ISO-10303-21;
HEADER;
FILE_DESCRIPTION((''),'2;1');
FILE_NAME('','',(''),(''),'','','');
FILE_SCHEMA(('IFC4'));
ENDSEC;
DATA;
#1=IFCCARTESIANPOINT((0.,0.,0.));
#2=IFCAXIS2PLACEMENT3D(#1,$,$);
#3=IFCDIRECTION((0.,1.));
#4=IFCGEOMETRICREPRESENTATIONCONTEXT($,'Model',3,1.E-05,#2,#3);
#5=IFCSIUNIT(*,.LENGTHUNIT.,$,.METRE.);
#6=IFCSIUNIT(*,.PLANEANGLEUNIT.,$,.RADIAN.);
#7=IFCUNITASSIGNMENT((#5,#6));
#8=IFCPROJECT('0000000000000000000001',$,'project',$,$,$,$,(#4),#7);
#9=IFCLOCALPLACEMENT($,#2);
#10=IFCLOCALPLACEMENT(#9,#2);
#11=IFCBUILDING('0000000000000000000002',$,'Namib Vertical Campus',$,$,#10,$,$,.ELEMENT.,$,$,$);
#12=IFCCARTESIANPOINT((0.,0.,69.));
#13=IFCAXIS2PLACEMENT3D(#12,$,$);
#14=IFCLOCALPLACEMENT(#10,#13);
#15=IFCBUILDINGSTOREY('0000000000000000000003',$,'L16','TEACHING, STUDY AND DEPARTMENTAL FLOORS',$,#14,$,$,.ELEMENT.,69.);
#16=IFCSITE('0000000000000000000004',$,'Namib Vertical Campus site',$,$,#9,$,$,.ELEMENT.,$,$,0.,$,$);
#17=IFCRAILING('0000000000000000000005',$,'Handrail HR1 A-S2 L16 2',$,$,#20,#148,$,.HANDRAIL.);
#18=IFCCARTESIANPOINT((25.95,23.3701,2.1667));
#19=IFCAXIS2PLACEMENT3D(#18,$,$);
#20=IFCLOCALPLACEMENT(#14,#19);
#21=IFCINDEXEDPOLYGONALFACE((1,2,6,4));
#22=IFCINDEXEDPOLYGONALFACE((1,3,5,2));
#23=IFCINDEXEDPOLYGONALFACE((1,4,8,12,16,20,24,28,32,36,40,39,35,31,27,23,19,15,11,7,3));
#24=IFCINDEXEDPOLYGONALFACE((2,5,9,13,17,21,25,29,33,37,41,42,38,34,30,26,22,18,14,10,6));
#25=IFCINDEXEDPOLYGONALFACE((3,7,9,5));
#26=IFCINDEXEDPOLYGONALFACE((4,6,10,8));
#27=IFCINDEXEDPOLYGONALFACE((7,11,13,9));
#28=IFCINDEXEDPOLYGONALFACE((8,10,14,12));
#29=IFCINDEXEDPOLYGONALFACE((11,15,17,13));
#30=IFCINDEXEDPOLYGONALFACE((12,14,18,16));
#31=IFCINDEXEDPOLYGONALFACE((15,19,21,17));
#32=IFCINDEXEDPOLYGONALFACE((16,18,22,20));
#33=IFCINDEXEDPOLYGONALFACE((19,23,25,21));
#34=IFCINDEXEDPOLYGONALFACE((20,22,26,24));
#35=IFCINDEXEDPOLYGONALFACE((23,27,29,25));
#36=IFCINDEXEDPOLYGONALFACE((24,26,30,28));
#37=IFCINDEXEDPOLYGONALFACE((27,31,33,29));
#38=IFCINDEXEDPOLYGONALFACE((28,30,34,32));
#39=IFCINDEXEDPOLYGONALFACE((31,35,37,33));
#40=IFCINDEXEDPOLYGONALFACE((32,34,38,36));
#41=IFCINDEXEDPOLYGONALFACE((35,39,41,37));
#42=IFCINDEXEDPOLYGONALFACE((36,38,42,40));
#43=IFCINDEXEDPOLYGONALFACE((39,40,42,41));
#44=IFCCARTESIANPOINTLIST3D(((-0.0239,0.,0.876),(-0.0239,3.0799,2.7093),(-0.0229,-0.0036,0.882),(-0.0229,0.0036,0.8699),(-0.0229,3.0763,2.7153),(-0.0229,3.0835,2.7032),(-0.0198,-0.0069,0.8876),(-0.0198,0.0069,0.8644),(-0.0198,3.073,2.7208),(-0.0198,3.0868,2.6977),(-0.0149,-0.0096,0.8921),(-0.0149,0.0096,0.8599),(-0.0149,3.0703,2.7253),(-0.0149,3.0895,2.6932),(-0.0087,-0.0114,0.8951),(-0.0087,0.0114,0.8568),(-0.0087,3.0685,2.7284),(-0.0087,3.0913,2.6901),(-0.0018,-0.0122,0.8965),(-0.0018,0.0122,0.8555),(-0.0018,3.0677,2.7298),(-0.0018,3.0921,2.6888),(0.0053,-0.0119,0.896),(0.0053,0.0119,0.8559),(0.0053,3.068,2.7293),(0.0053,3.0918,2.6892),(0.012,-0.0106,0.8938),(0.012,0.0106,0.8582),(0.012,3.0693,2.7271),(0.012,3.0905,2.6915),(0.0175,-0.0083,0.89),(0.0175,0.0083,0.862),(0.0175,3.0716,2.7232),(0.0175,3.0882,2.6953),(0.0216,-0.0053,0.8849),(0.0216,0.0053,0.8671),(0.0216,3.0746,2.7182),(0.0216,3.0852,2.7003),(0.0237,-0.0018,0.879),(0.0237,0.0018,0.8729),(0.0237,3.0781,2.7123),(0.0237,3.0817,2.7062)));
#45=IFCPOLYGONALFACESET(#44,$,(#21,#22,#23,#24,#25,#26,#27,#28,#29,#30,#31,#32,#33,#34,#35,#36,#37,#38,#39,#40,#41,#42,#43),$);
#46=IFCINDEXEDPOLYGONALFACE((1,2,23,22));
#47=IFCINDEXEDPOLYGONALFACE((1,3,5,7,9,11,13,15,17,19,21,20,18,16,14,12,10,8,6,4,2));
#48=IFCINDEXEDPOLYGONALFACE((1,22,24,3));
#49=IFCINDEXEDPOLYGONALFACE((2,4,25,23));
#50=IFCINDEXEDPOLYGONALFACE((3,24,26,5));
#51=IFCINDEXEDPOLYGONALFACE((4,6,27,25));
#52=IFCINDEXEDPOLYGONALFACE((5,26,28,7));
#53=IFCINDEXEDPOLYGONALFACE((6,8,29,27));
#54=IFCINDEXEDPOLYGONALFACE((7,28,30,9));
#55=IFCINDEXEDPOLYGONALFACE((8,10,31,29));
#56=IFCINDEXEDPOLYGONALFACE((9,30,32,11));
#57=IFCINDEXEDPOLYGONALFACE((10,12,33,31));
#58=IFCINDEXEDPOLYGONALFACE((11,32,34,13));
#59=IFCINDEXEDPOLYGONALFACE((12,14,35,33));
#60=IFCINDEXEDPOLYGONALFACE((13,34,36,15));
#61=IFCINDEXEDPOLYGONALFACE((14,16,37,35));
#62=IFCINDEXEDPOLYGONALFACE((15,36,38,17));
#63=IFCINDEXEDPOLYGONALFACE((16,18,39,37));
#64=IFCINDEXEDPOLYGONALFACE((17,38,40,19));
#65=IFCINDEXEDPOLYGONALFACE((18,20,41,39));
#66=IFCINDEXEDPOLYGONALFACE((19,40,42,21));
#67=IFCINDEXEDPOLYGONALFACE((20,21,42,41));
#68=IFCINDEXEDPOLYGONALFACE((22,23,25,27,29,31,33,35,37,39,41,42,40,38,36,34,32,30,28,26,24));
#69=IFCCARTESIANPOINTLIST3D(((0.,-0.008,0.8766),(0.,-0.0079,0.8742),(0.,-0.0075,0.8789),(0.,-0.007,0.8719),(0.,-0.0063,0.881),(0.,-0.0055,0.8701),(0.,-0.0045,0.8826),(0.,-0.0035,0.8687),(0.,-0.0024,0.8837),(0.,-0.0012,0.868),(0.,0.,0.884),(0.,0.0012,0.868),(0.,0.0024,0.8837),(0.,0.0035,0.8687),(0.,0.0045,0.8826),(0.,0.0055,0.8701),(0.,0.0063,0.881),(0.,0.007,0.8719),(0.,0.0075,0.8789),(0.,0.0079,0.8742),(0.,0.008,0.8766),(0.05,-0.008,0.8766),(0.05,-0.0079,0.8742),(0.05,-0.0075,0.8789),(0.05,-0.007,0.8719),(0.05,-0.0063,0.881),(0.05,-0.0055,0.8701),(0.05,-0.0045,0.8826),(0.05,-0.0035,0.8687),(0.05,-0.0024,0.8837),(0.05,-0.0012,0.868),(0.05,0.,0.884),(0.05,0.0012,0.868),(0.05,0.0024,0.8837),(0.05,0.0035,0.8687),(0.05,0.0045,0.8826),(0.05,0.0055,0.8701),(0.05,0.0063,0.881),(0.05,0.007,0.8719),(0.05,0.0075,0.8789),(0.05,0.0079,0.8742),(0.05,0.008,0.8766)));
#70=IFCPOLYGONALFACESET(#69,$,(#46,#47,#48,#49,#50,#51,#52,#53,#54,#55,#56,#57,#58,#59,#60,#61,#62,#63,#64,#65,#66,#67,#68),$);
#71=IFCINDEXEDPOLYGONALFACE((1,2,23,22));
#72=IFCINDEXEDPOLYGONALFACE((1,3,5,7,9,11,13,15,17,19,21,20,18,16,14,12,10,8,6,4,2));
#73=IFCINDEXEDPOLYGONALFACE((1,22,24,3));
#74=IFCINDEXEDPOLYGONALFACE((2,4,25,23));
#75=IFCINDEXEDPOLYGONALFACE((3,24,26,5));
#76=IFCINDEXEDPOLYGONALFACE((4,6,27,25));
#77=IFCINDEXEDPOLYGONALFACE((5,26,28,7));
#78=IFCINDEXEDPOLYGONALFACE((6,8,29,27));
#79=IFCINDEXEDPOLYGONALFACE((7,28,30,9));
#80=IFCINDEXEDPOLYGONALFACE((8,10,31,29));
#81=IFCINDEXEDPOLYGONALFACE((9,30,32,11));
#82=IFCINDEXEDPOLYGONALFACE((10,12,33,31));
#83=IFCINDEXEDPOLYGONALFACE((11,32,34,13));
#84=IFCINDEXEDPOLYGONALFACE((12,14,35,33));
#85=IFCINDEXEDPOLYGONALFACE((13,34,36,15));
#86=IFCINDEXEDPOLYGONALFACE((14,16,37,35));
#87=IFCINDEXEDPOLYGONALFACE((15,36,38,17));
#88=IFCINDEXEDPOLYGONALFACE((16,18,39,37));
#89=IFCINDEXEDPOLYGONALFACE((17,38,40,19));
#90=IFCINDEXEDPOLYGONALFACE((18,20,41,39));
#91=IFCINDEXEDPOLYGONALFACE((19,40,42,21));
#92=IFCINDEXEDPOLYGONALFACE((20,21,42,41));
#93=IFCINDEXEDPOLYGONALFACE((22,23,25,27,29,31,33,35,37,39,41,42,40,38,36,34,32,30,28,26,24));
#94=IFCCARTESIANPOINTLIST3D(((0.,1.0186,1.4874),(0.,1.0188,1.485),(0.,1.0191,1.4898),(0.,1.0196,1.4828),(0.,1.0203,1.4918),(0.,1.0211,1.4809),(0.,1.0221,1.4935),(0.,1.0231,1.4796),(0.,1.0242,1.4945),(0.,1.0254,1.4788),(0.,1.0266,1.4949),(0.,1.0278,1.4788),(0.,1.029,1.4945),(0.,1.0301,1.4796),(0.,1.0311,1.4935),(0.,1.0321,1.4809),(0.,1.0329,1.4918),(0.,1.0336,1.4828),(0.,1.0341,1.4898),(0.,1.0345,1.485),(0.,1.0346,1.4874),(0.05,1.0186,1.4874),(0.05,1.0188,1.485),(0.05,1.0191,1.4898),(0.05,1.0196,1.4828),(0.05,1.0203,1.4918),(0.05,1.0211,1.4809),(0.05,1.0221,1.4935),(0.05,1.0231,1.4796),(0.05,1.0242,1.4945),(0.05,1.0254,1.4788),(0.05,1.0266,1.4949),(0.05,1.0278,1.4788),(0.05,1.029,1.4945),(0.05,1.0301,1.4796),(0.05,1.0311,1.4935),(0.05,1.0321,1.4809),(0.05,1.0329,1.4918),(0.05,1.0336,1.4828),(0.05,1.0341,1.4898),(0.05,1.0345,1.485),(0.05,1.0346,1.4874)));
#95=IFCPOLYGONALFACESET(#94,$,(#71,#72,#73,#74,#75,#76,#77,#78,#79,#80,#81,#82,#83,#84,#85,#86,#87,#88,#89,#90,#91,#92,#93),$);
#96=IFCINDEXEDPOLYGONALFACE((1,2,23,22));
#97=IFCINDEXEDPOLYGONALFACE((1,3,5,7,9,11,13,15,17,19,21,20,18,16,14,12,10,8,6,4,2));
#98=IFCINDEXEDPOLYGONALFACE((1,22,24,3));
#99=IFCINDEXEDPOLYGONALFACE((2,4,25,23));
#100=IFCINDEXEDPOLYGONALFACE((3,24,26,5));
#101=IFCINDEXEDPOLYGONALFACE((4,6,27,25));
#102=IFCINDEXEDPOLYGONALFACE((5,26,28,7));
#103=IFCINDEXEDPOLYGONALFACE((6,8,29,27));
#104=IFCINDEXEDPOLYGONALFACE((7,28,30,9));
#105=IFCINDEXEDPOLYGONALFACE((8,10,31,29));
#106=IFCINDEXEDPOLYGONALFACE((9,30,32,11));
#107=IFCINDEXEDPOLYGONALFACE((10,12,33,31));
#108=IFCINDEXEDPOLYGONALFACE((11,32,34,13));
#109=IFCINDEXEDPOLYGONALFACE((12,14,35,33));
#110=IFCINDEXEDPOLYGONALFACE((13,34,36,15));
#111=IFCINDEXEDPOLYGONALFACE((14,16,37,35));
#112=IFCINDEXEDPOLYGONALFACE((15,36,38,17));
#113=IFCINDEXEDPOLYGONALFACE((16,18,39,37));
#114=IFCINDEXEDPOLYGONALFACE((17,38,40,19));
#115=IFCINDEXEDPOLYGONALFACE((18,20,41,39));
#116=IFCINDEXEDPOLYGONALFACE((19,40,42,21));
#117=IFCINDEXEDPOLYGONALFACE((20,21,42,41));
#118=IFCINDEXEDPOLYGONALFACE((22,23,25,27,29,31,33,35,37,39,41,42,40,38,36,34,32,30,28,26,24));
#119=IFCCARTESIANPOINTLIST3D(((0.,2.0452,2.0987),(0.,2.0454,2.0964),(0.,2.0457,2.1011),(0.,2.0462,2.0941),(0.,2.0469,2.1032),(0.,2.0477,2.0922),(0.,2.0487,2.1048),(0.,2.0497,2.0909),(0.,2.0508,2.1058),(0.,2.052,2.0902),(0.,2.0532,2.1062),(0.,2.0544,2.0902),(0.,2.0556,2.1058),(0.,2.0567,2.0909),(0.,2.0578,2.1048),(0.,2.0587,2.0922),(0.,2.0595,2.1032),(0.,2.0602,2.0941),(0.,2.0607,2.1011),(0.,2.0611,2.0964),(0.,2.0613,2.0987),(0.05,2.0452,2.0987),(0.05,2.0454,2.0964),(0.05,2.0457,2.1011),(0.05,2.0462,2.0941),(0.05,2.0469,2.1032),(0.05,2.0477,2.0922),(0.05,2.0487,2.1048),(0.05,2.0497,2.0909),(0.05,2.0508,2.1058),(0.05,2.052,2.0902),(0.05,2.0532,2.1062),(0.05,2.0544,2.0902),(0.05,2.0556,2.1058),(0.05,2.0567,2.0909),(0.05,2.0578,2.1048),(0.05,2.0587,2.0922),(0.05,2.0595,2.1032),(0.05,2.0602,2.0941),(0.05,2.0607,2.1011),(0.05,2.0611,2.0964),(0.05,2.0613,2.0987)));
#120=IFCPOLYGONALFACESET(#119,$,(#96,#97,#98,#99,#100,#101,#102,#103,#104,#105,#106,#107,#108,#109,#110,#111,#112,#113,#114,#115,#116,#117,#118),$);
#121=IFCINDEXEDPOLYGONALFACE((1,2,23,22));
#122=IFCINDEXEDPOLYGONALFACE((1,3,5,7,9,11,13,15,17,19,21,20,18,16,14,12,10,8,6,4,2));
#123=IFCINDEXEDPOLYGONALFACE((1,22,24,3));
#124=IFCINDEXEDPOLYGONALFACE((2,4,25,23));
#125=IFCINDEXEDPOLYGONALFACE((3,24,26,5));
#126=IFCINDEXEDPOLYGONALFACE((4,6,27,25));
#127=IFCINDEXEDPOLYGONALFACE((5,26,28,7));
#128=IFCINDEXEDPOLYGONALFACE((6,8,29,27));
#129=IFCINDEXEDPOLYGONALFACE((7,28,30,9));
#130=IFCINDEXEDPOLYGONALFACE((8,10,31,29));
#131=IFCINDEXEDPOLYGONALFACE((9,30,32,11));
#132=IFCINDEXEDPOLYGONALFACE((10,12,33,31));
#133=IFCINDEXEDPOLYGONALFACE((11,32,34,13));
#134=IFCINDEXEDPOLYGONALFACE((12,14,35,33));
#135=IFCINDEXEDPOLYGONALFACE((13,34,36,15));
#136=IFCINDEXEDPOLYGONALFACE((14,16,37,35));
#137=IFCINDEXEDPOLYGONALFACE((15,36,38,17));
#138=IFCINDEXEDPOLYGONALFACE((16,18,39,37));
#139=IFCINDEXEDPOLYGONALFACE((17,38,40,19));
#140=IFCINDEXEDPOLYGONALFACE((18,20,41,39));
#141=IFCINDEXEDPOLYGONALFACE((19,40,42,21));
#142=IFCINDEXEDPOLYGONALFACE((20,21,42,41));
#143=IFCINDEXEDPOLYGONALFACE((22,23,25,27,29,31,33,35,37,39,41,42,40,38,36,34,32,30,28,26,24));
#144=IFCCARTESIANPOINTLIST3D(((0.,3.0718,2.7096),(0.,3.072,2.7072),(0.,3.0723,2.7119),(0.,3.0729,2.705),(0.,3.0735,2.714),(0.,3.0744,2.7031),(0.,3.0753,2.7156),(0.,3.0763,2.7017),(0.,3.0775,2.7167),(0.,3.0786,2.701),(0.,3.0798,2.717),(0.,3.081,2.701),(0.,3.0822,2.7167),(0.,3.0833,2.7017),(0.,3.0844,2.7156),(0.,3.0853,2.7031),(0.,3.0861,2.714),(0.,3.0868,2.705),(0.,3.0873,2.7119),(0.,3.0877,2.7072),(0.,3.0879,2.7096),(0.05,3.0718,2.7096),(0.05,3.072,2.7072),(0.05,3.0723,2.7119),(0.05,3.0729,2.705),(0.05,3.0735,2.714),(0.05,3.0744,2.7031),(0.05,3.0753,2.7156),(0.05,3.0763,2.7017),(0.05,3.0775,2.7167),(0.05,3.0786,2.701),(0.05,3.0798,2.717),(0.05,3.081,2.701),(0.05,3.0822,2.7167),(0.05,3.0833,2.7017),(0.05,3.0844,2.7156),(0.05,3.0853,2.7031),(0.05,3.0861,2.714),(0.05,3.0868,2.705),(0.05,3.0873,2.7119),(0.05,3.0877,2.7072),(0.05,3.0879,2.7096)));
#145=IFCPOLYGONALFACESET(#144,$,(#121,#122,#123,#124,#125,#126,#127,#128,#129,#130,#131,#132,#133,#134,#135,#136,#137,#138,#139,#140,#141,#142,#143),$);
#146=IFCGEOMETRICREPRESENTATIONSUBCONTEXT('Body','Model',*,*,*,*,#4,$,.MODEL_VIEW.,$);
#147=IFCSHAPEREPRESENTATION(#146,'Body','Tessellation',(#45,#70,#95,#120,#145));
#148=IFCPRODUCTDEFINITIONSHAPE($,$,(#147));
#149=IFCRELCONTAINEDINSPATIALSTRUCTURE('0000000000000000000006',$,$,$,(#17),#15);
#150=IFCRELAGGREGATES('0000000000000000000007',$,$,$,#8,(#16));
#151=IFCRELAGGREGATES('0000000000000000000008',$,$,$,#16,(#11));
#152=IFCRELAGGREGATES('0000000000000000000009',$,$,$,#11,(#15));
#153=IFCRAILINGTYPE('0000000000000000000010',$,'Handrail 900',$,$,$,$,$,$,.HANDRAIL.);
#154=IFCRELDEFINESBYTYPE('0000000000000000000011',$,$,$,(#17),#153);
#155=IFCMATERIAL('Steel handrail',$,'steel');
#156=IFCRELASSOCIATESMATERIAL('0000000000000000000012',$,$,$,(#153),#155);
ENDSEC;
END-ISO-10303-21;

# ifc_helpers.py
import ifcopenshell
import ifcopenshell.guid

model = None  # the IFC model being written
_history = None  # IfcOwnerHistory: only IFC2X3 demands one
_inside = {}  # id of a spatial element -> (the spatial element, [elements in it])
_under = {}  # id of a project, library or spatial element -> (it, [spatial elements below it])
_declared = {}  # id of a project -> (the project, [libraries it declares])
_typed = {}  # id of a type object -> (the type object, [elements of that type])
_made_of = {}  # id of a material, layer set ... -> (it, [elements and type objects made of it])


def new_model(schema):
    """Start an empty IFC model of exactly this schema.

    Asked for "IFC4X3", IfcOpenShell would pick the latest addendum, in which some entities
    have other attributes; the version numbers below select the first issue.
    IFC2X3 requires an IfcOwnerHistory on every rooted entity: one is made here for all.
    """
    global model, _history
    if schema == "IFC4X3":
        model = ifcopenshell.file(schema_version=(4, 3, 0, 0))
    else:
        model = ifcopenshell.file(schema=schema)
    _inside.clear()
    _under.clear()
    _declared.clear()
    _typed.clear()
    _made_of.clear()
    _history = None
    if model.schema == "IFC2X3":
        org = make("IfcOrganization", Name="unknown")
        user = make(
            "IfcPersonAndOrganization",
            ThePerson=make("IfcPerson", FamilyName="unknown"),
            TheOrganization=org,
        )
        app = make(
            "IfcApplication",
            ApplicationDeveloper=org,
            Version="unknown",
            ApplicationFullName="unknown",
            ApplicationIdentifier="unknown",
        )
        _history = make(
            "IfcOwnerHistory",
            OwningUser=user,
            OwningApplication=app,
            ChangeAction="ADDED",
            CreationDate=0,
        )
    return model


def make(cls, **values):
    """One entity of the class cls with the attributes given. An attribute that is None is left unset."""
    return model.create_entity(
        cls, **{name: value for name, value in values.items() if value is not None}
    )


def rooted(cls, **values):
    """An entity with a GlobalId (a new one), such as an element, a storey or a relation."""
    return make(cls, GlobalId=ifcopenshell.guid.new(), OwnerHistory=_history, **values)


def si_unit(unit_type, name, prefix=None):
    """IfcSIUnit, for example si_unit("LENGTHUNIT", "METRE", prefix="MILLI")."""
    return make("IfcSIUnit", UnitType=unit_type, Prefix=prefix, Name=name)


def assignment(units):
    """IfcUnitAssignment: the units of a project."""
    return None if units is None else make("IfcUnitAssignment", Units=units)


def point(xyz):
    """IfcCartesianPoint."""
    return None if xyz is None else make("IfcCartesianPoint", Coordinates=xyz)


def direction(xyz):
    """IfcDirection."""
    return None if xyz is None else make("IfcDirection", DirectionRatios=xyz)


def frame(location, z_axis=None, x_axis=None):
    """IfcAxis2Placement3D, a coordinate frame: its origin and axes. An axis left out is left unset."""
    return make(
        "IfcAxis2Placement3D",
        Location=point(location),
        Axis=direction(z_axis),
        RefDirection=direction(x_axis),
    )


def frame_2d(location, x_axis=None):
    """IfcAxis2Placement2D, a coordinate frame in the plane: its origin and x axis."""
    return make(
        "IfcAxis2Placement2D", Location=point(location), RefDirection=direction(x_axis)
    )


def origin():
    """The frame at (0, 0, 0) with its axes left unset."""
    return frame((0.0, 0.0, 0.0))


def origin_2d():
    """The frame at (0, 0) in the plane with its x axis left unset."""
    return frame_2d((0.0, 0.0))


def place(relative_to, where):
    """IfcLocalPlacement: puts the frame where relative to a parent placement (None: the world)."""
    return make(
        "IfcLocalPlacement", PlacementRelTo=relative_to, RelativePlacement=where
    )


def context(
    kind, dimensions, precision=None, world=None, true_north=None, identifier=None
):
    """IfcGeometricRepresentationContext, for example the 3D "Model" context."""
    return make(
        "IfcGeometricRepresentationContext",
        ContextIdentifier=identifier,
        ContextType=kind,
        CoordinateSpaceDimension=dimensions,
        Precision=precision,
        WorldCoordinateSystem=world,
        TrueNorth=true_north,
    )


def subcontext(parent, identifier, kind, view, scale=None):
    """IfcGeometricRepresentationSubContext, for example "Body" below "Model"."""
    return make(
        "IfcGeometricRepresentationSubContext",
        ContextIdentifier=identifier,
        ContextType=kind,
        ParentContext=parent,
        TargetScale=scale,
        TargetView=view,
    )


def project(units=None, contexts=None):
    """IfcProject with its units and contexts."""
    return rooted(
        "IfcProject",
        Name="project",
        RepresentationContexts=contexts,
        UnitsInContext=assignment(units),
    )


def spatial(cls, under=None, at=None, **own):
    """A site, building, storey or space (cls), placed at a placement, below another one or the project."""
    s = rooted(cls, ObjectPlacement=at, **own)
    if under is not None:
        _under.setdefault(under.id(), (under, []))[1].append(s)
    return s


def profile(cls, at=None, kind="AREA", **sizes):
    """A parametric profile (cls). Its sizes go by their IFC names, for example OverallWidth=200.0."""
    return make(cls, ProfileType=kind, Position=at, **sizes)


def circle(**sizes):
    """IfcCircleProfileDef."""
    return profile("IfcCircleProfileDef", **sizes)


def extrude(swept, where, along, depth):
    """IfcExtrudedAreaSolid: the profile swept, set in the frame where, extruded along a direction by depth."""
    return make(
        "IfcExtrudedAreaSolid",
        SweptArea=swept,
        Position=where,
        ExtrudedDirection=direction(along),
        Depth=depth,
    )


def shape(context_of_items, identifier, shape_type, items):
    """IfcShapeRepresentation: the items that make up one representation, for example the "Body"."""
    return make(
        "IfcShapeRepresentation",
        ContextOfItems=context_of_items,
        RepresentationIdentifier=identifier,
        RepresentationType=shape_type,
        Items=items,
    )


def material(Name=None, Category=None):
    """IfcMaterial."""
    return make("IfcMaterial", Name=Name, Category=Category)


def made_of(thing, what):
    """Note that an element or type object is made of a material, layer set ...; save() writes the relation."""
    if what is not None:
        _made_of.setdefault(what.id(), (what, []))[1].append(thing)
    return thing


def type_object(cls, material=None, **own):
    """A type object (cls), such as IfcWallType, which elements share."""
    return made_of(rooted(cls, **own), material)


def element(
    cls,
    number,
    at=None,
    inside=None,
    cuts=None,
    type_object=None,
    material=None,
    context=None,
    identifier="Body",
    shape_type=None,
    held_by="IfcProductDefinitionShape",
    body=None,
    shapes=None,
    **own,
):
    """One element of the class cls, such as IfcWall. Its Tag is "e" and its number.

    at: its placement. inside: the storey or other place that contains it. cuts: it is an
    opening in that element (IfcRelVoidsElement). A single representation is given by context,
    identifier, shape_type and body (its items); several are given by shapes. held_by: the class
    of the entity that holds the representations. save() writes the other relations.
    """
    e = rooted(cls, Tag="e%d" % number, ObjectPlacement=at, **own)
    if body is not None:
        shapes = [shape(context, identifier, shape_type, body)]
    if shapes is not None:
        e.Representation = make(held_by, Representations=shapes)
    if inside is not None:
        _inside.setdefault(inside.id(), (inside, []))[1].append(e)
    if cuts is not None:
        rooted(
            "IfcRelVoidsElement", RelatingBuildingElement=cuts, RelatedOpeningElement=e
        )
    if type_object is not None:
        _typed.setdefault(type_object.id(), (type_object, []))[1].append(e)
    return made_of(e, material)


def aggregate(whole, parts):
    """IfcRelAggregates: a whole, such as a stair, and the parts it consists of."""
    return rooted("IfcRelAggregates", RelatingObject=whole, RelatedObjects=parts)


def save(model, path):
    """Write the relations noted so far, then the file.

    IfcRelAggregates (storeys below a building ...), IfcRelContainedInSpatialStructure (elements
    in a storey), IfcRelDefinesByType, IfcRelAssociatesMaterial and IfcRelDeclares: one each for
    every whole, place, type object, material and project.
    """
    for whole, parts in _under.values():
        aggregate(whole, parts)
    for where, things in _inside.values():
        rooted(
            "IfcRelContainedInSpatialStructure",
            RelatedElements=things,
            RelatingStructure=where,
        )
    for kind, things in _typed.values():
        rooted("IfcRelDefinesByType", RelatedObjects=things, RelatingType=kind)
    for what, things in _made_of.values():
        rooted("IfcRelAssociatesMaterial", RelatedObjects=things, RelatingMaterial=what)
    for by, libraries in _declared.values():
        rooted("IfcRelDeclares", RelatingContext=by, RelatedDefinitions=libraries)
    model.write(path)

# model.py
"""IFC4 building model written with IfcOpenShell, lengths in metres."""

from ifc_helpers import new_model, si_unit, direction, frame, origin, origin_2d, place, context, subcontext, project, spatial, circle, extrude, material, type_object, element, save


model = new_model("IFC4")

# Units and contexts
model_context = context("Model", 3, precision=1e-05, world=origin(), true_north=direction((0.0, 1.0)))
body_context = subcontext(model_context, "Body", "Model", "MODEL_VIEW")
ifc_project = project(units=[si_unit("LENGTHUNIT", "METRE"), si_unit("PLANEANGLEUNIT", "RADIAN")], contexts=[model_context])

# Site, building, storey
site_placement = place(None, origin())
site = spatial("IfcSite", under=ifc_project, at=site_placement, Name="Namib Vertical Campus site", CompositionType="ELEMENT", RefElevation=0.0)
building_placement = place(site_placement, origin())
building = spatial("IfcBuilding", under=site, at=building_placement, Name="Namib Vertical Campus", CompositionType="ELEMENT")
storey_placement = place(building_placement, frame((0.0, 0.0, 69.0)))
storey = spatial("IfcBuildingStorey", under=building, at=storey_placement, Name="L16", Description="TEACHING, STUDY AND DEPARTMENTAL FLOORS", CompositionType="ELEMENT", Elevation=69.0)

# Railing
ifc_material_1 = material(Name="Steel handrail", Category="steel")
railing_type_1 = type_object("IfcRailingType", Name="Handrail 900", PredefinedType="HANDRAIL", material=ifc_material_1)
railing_1_placement = place(storey_placement, frame((25.95, 23.3701, 2.1667)))
element("IfcRailing", 1, at=railing_1_placement, inside=storey, type_object=railing_type_1, Name="Handrail HR1 A-S2 L16 2", PredefinedType="HANDRAIL", context=body_context, shape_type="SweptSolid", body=[
    extrude(circle(Radius=0.0239, at=origin_2d()), frame((0.0, 0.0, 0.876), z_axis=(0.0, 0.859291, 0.511487), x_axis=(-1.0, 0.0, 0.0)), (0.0, 0.0, 1.0), 3.5842),
    extrude(circle(Radius=0.0081, at=origin_2d()), frame((0.0, 0.0, 0.876), z_axis=(1.0, 0.0, 0.0), x_axis=(0.0, 0.0, 1.0)), (0.0, 0.0, 1.0), 0.05),
    extrude(circle(Radius=0.0081, at=origin_2d()), frame((0.0, 1.0266, 1.4868), z_axis=(1.0, 0.0, 0.0), x_axis=(0.0, 0.0, 1.0)), (0.0, 0.0, 1.0), 0.05),
    extrude(circle(Radius=0.0081, at=origin_2d()), frame((0.0, 2.0532, 2.0981), z_axis=(1.0, 0.0, 0.0), x_axis=(0.0, 0.0, 1.0)), (0.0, 0.0, 1.0), 0.05),
    extrude(circle(Radius=0.0081, at=origin_2d()), frame((0.0, 3.0798, 2.709), z_axis=(1.0, 0.0, 0.0), x_axis=(0.0, 0.0, 1.0)), (0.0, 0.0, 1.0), 0.05),
])

save(model, "model.ifc")
